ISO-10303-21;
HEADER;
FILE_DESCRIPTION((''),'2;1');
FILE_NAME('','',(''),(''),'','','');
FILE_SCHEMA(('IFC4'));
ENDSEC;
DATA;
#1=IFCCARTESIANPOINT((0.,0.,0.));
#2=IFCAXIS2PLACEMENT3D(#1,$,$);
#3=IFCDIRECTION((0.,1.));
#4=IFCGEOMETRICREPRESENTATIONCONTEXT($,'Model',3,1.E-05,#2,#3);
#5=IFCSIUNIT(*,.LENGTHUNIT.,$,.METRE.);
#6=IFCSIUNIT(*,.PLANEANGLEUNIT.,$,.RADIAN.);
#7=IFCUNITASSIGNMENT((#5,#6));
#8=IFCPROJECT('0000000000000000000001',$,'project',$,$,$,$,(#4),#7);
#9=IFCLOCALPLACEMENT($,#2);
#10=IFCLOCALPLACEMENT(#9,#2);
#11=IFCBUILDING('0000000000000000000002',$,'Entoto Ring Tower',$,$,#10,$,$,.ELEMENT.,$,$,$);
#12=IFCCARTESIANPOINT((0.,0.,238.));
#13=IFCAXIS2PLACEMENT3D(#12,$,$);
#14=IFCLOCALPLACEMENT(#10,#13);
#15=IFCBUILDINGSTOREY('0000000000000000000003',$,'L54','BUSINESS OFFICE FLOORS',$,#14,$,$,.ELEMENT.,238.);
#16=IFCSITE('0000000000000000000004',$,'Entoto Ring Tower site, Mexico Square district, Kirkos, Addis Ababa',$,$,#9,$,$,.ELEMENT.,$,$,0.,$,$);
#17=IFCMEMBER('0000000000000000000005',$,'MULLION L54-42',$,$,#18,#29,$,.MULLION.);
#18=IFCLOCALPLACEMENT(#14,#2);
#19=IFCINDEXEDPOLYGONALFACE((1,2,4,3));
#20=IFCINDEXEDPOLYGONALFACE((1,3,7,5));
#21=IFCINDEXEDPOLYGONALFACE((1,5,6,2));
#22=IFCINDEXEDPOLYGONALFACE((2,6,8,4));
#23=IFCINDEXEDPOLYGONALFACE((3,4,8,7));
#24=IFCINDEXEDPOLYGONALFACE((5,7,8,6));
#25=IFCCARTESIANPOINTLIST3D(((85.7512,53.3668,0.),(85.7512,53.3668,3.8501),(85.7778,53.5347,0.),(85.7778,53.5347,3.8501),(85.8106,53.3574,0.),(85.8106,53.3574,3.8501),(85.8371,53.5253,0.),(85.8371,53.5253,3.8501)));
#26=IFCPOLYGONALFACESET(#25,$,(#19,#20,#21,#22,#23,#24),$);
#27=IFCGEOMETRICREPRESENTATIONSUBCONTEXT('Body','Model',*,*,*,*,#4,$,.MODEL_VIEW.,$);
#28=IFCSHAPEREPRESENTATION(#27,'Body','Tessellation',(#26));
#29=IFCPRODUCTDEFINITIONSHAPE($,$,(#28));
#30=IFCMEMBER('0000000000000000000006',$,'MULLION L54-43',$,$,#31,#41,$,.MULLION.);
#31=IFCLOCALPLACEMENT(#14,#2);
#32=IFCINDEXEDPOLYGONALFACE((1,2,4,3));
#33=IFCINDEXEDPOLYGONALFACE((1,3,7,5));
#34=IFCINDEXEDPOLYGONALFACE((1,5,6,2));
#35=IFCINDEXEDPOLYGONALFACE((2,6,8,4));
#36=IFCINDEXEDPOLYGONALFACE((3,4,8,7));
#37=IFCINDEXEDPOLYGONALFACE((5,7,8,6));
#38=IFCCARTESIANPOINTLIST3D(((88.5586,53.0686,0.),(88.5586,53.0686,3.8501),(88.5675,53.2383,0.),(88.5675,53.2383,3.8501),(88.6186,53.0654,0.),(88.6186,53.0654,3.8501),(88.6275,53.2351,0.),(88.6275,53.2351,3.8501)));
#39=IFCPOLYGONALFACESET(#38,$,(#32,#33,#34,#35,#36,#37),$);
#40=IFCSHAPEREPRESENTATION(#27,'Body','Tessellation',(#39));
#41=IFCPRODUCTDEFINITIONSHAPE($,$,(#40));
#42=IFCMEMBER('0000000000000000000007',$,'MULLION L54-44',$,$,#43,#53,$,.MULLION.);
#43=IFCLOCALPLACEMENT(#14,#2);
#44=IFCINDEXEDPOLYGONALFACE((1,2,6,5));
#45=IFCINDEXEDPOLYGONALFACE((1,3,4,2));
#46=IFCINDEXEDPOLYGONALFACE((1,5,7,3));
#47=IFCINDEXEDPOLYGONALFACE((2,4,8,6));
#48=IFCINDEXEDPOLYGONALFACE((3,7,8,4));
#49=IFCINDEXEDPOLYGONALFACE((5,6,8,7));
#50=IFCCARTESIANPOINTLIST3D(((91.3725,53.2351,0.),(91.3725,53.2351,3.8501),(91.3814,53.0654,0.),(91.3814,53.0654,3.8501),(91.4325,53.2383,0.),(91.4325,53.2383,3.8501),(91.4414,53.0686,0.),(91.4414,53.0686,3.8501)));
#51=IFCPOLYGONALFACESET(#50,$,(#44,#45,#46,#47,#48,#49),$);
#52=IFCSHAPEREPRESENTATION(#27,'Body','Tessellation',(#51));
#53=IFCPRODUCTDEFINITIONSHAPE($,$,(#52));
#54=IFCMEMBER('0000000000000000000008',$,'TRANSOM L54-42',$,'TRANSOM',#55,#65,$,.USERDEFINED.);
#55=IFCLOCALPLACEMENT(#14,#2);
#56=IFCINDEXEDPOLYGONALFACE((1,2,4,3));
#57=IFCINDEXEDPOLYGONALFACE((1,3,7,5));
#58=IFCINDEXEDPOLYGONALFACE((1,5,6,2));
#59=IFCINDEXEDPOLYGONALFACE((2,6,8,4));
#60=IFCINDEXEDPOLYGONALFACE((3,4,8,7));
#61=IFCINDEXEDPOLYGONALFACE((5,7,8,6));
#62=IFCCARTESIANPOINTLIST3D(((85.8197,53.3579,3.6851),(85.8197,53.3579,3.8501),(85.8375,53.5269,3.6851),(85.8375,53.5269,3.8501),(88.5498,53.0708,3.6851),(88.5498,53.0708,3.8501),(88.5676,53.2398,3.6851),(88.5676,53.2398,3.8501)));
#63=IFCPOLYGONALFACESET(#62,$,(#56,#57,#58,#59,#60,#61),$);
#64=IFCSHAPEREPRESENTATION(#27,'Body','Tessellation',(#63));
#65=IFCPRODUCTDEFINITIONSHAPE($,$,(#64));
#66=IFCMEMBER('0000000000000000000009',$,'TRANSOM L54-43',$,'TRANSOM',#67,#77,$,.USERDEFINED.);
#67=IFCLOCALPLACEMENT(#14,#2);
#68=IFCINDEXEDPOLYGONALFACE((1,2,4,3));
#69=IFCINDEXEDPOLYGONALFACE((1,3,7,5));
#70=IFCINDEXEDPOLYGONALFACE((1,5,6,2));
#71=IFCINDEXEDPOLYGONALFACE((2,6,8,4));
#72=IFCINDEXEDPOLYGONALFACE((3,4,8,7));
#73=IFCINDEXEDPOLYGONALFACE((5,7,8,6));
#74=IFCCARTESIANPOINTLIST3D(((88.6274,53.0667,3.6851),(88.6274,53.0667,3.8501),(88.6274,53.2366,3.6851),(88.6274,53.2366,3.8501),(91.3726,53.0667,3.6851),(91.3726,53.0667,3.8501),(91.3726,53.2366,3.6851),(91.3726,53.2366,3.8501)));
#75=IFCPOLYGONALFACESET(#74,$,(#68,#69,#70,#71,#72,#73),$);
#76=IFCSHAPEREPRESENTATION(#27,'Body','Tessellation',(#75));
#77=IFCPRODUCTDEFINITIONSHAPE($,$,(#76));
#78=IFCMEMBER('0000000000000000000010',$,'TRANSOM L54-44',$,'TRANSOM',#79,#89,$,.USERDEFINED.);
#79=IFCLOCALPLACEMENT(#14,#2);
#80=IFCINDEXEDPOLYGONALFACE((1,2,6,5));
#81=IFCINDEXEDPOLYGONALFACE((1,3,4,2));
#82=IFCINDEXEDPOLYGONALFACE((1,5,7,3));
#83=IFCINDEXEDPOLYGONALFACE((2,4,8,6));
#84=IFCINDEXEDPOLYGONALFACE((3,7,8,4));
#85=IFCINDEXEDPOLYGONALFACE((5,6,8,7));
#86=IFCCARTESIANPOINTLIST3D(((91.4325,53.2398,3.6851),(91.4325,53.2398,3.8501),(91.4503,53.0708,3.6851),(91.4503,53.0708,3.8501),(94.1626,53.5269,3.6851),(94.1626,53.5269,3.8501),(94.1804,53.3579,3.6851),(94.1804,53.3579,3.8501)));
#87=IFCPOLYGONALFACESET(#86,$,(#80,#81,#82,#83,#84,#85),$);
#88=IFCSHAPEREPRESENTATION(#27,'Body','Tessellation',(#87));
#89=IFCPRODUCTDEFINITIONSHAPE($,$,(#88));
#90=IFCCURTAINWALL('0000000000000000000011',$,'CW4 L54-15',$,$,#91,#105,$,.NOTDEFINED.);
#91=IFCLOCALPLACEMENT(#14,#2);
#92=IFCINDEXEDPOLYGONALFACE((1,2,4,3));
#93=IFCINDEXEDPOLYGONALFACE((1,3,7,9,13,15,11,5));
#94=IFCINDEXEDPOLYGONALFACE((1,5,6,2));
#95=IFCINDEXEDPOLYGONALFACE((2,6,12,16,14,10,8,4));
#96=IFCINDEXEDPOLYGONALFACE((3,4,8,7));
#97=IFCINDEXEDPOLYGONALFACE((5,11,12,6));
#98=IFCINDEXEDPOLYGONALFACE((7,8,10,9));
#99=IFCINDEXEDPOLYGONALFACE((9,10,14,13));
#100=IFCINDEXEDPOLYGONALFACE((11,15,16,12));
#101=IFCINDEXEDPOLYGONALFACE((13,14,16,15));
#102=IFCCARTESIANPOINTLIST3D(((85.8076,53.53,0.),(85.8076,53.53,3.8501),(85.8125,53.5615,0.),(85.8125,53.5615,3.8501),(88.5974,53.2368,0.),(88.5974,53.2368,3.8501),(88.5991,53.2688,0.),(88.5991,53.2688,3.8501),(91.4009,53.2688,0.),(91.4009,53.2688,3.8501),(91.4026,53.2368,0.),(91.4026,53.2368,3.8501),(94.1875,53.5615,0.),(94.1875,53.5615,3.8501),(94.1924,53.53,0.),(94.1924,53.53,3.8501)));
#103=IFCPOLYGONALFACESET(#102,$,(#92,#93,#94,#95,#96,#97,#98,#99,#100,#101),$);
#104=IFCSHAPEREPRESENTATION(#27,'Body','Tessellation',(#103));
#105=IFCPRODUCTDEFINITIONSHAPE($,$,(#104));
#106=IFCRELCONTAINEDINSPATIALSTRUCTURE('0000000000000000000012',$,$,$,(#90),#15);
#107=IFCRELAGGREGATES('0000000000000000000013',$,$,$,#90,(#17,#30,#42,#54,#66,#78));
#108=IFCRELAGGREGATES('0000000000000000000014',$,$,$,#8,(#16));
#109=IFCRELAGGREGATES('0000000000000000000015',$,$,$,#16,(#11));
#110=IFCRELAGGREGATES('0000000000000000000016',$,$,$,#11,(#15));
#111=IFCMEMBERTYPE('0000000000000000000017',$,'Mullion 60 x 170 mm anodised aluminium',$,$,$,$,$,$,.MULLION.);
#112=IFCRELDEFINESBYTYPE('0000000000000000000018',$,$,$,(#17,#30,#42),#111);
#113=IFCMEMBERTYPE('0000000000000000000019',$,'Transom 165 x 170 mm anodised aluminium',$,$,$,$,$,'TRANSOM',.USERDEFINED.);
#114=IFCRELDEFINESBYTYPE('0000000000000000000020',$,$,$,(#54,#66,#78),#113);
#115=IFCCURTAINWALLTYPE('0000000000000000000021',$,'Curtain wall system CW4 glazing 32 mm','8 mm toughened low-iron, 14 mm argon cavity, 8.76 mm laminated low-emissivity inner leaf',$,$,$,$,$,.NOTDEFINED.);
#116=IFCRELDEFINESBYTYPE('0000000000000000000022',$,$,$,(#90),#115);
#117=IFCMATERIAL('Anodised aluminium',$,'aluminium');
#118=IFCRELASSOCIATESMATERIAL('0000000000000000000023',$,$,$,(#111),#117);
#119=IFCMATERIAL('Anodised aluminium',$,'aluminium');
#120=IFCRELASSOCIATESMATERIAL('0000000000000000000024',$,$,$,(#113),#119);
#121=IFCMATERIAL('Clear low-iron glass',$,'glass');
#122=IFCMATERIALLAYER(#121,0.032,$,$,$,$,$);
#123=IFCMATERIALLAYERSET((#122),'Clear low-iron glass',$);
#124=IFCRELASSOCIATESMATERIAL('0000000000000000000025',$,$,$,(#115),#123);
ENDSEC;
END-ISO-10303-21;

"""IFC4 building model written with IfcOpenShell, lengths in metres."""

from ifc_helpers import new_model, si_unit, direction, frame, origin, origin_2d, place, context, subcontext, project, spatial, polyline, rectangle, outline, extrude, material, layer, layer_set, material_profile, profile_set, type_object, element, aggregate, save


model = new_model("IFC4")

# Units and contexts
model_context = context("Model", 3, precision=1e-05, world=origin(), true_north=direction((0.0, 1.0)))
body_context = subcontext(model_context, "Body", "Model", "MODEL_VIEW")
ifc_project = project(units=[si_unit("LENGTHUNIT", "METRE"), si_unit("PLANEANGLEUNIT", "RADIAN")], contexts=[model_context])

# Members
ifc_material_1 = material(Name="Anodised aluminium", Category="aluminium")
ifc_material_profile_1 = material_profile(ifc_material_1, rectangle(XDim=0.0601, YDim=0.1699, at=origin_2d()), Name="Mullion 60 x 170 mm anodised aluminium")
ifc_profile_set_1 = profile_set([ifc_material_profile_1], Name="Anodised aluminium")
member_type_1 = type_object("IfcMemberType", Name="Mullion 60 x 170 mm anodised aluminium", PredefinedType="MULLION", material=ifc_profile_set_1)
site_placement = place(None, origin())
building_placement = place(site_placement, origin())
storey_placement = place(building_placement, frame((0.0, 0.0, 238.0)))
member_1_placement = place(storey_placement, frame((85.7942, 53.446, 0.0), z_axis=(0.0, 0.0, 1.0), x_axis=(0.987688, -0.156434, 0.0)))
member_1 = element("IfcMember", 1, at=member_1_placement, type_object=member_type_1, Name="MULLION L54-42", PredefinedType="MULLION", context=body_context, shape_type="SweptSolid", body=[
    extrude(rectangle(XDim=0.0601, YDim=0.1699, at=origin_2d()), origin(), (0.0, 0.0, 1.0), 3.8501),
])
member_2_placement = place(storey_placement, frame((88.593, 53.1519, 0.0), z_axis=(0.0, 0.0, 1.0), x_axis=(0.99863, -0.052336, 0.0)))
member_2 = element("IfcMember", 2, at=member_2_placement, type_object=member_type_1, Name="MULLION L54-43", PredefinedType="MULLION", context=body_context, shape_type="SweptSolid", body=[
    extrude(rectangle(XDim=0.0601, YDim=0.1699, at=origin_2d()), origin(), (0.0, 0.0, 1.0), 3.8501),
])
member_3_placement = place(storey_placement, frame((91.407, 53.1519, 0.0), z_axis=(0.0, 0.0, 1.0), x_axis=(0.99863, 0.052336, 0.0)))
member_3 = element("IfcMember", 3, at=member_3_placement, type_object=member_type_1, Name="MULLION L54-44", PredefinedType="MULLION", context=body_context, shape_type="SweptSolid", body=[
    extrude(rectangle(XDim=0.0601, YDim=0.1699, at=origin_2d()), origin(), (0.0, 0.0, 1.0), 3.8501),
])
ifc_material_2 = material(Name="Anodised aluminium", Category="aluminium")
ifc_material_profile_2 = material_profile(ifc_material_2, rectangle(XDim=0.1699, YDim=0.165, at=origin_2d()), Name="Transom 165 x 170 mm anodised aluminium")
ifc_profile_set_2 = profile_set([ifc_material_profile_2], Name="Anodised aluminium")
member_type_2 = type_object("IfcMemberType", Name="Transom 165 x 170 mm anodised aluminium", ElementType="TRANSOM", PredefinedType="USERDEFINED", material=ifc_profile_set_2)
member_4_placement = place(storey_placement, frame((85.8286, 53.4424, 3.7676), z_axis=(0.994515, -0.104592, 0.0), x_axis=(0.104592, 0.994515, 0.0)))
member_4 = element("IfcMember", 4, at=member_4_placement, type_object=member_type_2, Name="TRANSOM L54-42", ObjectType="TRANSOM", PredefinedType="USERDEFINED", context=body_context, shape_type="SweptSolid", body=[
    extrude(rectangle(XDim=0.1699, YDim=0.165, at=origin_2d()), origin(), (0.0, 0.0, 1.0), 2.7451),
])
member_5_placement = place(storey_placement, frame((88.6274, 53.1516, 3.7676), z_axis=(1.0, 0.0, 0.0), x_axis=(0.0, 1.0, 0.0)))
member_5 = element("IfcMember", 5, at=member_5_placement, type_object=member_type_2, Name="TRANSOM L54-43", ObjectType="TRANSOM", PredefinedType="USERDEFINED", context=body_context, shape_type="SweptSolid", body=[
    extrude(rectangle(XDim=0.1699, YDim=0.165, at=origin_2d()), origin(), (0.0, 0.0, 1.0), 2.7451),
])
member_6_placement = place(storey_placement, frame((91.4414, 53.1553, 3.7676), z_axis=(0.994515, 0.104592, 0.0), x_axis=(-0.104592, 0.994515, 0.0)))
member_6 = element("IfcMember", 6, at=member_6_placement, type_object=member_type_2, Name="TRANSOM L54-44", ObjectType="TRANSOM", PredefinedType="USERDEFINED", context=body_context, shape_type="SweptSolid", body=[
    extrude(rectangle(XDim=0.1699, YDim=0.165, at=origin_2d()), origin(), (0.0, 0.0, 1.0), 2.7451),
])

# Site, building, storey
site = spatial("IfcSite", under=ifc_project, at=site_placement, Name="Entoto Ring Tower site, Mexico Square district, Kirkos, Addis Ababa", CompositionType="ELEMENT", RefElevation=0.0)
building = spatial("IfcBuilding", under=site, at=building_placement, Name="Entoto Ring Tower", CompositionType="ELEMENT")
storey = spatial("IfcBuildingStorey", under=building, at=storey_placement, Name="L54", Description="BUSINESS OFFICE FLOORS", CompositionType="ELEMENT", Elevation=238.0)

# Curtain wall
ifc_material_3 = material(Name="Clear low-iron glass", Category="glass")
ifc_layer_1 = layer(ifc_material_3, 0.032)
ifc_layer_set_1 = layer_set([ifc_layer_1], Name="Clear low-iron glass")
curtain_wall_type = type_object("IfcCurtainWallType", Name="Curtain wall system CW4 glazing 32 mm", Description="8 mm toughened low-iron, 14 mm argon cavity, 8.76 mm laminated low-emissivity inner leaf", PredefinedType="NOTDEFINED", material=ifc_layer_set_1)
curtain_wall_1_placement = place(storey_placement, origin())
curtain_wall_1 = element("IfcCurtainWall", 7, at=curtain_wall_1_placement, inside=storey, type_object=curtain_wall_type, Name="CW4 L54-15", PredefinedType="NOTDEFINED", context=body_context, shape_type="SweptSolid", body=[
    extrude(outline(polyline([(85.8076, 53.53), (88.5974, 53.2368), (91.4026, 53.2368), (94.1924, 53.53), (94.1875, 53.5615), (91.4009, 53.2688), (88.5991, 53.2688), (85.8125, 53.5615), (85.8076, 53.53)])), origin(), (0.0, 0.0, 1.0), 3.8501),
])
aggregate(curtain_wall_1, [member_1, member_2, member_3, member_4, member_5, member_6])

save(model, "model.ifc")
